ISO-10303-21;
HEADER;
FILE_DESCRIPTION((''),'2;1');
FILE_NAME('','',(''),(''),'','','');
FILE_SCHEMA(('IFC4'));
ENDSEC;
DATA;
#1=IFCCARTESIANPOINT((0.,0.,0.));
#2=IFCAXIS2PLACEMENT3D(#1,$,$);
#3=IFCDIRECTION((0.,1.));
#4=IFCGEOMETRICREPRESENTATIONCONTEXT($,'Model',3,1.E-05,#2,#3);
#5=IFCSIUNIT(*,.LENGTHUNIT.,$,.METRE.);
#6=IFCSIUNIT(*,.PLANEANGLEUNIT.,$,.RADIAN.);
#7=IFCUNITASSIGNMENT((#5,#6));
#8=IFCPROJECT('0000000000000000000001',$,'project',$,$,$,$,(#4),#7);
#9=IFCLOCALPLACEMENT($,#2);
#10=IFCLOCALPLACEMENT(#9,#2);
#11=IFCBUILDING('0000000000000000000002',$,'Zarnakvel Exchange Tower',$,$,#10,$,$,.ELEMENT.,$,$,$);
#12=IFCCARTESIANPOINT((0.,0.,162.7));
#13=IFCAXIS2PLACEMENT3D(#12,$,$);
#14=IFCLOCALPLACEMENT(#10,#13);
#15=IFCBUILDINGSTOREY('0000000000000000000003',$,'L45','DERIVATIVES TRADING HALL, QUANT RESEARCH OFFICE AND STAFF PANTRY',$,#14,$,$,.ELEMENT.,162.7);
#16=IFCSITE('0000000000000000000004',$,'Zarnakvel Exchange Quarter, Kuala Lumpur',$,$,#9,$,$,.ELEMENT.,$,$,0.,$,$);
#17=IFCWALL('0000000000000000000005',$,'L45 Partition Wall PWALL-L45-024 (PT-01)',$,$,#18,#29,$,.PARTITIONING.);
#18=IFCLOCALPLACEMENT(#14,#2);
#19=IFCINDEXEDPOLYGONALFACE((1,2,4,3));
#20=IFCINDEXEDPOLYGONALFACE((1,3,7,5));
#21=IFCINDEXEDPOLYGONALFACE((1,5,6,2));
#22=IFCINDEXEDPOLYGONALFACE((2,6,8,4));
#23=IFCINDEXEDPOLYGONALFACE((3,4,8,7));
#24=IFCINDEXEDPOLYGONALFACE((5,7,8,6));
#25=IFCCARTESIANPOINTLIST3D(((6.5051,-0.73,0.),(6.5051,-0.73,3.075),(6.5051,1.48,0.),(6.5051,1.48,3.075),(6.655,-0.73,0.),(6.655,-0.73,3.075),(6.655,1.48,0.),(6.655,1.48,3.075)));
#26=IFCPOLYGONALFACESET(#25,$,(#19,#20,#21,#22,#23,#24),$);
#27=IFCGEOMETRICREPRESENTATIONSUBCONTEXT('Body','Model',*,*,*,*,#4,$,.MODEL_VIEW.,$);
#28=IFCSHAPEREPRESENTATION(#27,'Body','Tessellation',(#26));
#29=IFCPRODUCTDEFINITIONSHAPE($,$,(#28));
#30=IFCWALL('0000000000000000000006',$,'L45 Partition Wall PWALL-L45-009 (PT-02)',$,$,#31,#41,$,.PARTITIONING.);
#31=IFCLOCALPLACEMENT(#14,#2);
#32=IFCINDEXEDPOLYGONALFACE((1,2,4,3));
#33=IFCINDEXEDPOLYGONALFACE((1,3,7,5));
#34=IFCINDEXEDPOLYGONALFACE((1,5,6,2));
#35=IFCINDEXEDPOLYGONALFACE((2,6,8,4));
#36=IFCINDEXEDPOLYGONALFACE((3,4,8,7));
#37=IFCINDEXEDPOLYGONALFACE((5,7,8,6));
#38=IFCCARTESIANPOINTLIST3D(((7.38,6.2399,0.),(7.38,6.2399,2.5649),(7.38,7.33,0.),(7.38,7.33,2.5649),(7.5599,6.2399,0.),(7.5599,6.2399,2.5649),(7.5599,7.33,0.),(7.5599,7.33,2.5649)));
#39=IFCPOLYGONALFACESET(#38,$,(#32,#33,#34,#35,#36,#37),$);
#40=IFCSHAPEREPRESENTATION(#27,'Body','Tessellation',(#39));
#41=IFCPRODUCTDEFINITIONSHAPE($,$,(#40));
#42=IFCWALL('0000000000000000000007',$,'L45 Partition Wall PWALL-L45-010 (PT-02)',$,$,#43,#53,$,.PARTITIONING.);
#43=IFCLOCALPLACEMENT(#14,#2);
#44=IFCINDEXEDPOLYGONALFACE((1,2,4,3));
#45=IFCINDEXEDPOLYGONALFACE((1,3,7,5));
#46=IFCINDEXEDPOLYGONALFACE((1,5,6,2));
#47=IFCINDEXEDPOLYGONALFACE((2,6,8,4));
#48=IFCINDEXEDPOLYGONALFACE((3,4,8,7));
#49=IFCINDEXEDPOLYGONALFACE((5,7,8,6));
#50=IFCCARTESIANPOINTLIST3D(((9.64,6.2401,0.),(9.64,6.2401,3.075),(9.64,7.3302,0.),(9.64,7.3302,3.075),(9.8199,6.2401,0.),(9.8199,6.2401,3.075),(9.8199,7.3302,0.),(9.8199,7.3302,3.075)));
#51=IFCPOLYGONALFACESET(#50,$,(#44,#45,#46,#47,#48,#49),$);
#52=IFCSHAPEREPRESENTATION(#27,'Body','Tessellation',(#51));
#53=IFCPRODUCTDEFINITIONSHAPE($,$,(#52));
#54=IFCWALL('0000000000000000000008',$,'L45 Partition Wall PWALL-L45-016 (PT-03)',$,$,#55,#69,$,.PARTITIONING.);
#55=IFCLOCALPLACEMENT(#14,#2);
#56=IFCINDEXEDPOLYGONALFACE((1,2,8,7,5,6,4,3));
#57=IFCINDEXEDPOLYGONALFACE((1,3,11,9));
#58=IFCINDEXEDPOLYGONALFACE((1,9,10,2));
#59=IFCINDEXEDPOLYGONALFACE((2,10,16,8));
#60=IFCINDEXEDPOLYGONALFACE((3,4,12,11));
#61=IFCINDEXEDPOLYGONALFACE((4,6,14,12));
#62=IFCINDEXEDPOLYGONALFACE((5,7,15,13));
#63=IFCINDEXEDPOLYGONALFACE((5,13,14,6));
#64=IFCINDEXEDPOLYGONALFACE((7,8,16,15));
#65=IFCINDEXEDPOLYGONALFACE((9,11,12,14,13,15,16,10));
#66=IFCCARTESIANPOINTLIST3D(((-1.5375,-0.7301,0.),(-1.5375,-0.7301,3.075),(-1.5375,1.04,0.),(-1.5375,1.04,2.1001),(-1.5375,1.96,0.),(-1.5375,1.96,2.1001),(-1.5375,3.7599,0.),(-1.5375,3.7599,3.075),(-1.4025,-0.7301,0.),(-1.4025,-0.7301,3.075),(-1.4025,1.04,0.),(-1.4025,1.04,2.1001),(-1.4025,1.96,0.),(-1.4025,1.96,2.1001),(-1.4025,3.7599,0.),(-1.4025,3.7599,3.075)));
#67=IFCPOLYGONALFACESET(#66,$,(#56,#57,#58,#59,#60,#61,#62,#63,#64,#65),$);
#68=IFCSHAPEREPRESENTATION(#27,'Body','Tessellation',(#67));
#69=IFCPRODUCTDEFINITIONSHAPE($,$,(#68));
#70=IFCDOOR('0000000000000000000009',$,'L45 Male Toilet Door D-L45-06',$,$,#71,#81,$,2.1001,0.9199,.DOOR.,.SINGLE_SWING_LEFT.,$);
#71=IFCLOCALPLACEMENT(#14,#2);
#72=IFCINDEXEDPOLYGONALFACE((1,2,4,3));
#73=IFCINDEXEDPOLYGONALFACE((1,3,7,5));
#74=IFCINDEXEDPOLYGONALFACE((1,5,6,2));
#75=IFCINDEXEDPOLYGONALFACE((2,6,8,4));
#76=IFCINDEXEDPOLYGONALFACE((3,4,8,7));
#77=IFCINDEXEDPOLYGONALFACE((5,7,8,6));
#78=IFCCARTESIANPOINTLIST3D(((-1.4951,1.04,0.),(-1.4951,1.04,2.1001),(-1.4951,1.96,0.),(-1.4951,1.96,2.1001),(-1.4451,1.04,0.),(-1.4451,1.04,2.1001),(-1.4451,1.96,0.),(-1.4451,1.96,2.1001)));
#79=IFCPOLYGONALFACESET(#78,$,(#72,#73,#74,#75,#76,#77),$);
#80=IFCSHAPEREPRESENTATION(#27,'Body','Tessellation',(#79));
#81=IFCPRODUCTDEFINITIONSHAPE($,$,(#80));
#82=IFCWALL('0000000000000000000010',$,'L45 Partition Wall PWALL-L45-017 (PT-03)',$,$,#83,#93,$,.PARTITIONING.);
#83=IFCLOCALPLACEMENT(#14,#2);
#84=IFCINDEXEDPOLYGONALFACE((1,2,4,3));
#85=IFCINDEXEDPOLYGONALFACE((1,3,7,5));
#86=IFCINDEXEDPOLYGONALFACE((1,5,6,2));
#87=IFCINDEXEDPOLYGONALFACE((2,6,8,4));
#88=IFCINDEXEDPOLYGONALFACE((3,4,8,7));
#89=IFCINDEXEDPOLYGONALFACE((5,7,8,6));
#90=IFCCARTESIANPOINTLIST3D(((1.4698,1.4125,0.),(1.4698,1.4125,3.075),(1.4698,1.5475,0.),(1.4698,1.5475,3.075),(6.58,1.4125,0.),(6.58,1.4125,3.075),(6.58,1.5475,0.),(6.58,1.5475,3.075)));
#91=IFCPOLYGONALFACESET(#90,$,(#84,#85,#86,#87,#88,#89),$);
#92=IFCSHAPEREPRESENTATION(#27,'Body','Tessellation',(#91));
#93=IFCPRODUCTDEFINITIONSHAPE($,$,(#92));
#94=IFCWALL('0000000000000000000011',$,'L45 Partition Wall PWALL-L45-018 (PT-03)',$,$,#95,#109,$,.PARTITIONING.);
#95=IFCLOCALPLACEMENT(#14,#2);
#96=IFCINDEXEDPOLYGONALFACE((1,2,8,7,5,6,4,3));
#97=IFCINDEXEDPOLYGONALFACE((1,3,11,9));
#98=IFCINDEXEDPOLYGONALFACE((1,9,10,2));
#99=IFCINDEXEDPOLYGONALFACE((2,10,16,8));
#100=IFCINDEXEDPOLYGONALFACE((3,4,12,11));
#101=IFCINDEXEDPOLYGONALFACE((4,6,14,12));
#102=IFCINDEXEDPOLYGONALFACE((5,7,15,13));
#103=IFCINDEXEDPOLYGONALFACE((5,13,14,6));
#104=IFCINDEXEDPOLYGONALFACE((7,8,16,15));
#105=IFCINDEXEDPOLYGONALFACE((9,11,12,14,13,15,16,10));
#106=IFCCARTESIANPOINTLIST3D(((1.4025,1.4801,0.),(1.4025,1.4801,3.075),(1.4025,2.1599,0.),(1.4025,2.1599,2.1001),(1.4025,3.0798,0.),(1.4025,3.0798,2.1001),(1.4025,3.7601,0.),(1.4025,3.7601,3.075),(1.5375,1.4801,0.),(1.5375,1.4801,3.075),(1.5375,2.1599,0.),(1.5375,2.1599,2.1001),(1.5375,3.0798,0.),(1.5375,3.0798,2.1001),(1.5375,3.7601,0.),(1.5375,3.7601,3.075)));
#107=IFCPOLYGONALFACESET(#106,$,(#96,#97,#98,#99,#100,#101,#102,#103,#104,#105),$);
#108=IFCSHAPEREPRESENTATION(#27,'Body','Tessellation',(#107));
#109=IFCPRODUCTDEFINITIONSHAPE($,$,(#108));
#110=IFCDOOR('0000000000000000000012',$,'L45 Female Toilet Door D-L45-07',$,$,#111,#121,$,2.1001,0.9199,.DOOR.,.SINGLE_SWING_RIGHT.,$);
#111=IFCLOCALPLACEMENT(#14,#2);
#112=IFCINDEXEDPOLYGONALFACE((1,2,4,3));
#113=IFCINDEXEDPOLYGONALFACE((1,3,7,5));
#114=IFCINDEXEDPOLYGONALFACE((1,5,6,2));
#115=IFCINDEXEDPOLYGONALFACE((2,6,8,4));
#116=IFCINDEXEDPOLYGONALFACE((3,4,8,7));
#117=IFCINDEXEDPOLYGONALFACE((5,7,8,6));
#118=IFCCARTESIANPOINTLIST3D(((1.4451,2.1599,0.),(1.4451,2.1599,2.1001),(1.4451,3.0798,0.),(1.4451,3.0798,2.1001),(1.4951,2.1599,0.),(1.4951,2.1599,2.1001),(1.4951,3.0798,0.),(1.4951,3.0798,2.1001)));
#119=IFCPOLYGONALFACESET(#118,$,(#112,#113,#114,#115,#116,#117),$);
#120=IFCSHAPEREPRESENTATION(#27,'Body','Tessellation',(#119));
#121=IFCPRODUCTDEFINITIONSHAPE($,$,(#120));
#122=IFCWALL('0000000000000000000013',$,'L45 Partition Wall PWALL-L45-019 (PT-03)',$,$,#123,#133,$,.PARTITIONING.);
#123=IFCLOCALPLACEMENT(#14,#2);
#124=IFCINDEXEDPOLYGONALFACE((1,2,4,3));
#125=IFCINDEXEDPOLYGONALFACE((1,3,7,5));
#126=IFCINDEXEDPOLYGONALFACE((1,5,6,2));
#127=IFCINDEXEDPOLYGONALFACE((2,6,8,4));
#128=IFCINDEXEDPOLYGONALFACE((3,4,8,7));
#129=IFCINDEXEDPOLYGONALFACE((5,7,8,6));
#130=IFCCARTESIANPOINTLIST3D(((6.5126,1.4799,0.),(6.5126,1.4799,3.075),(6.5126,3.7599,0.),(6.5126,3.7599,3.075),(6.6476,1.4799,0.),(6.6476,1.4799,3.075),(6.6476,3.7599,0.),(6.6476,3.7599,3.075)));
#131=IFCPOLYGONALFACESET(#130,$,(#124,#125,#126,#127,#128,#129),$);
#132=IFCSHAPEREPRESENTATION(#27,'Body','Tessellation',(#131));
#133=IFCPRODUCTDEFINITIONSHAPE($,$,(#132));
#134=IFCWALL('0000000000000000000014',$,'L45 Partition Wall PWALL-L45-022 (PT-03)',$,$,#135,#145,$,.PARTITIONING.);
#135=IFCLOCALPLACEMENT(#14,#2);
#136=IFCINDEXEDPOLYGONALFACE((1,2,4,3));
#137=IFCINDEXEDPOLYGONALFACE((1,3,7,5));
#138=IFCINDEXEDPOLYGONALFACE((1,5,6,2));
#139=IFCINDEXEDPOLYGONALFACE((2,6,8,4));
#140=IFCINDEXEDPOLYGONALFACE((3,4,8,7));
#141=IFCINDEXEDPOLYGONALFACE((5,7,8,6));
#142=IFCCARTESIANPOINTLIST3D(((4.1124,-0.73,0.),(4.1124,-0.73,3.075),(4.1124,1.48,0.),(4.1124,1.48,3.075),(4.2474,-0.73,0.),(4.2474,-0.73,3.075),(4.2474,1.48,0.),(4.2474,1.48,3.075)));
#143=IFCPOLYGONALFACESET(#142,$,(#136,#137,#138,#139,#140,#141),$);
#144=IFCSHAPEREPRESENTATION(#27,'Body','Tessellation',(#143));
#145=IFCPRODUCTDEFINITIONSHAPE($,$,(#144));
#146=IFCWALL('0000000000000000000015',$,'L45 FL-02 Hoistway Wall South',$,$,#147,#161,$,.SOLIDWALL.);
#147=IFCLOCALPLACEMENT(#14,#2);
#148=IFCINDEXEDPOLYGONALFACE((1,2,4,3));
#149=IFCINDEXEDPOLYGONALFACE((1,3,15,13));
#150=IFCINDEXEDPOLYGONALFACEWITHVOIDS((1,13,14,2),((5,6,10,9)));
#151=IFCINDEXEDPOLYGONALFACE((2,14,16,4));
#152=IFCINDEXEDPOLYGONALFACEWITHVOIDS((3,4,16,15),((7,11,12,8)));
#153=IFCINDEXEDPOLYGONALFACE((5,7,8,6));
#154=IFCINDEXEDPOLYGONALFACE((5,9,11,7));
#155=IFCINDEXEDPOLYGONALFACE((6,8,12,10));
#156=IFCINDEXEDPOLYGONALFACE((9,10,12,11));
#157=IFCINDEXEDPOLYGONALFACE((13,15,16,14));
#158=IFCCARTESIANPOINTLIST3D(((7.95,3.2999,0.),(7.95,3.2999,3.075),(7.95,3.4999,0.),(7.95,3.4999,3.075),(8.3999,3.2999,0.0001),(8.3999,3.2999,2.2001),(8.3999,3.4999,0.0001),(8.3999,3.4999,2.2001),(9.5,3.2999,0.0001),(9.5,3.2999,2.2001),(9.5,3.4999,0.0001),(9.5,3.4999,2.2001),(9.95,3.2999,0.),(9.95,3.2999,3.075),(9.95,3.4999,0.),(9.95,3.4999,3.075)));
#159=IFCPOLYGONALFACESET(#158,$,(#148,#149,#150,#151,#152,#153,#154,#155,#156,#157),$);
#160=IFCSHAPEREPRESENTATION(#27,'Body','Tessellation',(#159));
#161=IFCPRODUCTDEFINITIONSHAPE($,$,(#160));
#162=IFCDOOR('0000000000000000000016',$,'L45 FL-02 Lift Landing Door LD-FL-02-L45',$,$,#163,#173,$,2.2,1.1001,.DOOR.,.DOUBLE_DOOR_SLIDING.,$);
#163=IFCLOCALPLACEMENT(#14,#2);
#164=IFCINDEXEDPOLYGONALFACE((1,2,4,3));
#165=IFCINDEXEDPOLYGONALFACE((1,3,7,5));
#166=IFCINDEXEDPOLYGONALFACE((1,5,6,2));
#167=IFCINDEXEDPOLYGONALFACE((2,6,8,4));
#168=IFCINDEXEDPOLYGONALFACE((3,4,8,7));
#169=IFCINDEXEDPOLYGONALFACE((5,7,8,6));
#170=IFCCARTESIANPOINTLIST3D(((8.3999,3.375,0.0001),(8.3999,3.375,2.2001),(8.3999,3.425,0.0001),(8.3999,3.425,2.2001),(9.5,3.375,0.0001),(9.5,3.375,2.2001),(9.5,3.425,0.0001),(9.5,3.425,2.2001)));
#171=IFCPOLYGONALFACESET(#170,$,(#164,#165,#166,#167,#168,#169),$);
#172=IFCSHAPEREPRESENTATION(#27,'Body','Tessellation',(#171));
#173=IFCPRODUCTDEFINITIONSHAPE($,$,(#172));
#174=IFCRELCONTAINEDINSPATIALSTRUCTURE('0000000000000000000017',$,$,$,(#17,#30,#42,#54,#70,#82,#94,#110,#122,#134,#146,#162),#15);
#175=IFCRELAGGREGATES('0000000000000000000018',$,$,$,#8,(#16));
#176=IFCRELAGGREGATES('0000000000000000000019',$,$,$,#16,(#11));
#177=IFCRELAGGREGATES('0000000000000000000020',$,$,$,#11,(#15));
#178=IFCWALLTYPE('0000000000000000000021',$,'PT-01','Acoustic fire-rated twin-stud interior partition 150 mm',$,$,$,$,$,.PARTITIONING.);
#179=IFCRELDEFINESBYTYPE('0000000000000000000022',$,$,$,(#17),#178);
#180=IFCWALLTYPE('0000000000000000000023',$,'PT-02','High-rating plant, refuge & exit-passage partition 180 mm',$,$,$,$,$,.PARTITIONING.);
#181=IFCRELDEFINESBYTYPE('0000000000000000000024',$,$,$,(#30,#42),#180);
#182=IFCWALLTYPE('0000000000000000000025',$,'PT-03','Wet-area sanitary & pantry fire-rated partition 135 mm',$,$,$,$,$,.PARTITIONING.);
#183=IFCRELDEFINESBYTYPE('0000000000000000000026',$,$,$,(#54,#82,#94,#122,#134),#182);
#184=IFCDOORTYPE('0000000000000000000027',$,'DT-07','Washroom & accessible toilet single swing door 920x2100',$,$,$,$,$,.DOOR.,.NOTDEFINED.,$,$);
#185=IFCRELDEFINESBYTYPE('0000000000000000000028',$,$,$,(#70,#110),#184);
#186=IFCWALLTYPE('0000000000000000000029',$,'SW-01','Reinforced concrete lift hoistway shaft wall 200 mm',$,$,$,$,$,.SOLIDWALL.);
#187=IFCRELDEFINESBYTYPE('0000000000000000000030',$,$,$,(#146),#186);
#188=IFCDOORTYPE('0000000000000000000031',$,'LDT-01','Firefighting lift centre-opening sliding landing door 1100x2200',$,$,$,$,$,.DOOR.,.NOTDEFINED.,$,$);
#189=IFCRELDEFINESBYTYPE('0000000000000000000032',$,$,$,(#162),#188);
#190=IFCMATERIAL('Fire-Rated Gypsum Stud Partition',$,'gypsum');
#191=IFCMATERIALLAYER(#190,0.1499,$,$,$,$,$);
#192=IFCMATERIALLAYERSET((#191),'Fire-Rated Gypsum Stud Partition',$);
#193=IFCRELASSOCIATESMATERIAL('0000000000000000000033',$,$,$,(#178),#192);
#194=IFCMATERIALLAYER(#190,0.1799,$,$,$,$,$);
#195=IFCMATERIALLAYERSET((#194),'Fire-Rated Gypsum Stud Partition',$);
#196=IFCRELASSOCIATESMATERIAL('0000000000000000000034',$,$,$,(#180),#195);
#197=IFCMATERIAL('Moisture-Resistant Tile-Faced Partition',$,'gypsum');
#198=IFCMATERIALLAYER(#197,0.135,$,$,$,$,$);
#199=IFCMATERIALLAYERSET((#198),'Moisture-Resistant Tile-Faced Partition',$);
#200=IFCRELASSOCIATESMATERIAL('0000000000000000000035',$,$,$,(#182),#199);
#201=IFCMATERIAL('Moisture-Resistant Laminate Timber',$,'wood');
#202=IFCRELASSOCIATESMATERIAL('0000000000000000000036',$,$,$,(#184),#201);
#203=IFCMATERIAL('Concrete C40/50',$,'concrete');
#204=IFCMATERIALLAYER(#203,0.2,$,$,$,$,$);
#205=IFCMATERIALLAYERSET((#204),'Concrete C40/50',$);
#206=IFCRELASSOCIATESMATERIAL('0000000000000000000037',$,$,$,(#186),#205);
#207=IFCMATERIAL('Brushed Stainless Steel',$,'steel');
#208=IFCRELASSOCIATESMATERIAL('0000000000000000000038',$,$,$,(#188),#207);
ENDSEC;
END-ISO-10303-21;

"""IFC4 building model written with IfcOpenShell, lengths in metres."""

from ifc_helpers import new_model, si_unit, direction, frame, frame_2d, origin, place, context, subcontext, project, spatial, rectangle, extrude, source, transform, mapped, material, layer, layer_set, type_object, element, fill, save


model = new_model("IFC4")

# Units and contexts
model_context = context("Model", 3, precision=1e-05, world=origin(), true_north=direction((0.0, 1.0)))
body_context = subcontext(model_context, "Body", "Model", "MODEL_VIEW")
ifc_project = project(units=[si_unit("LENGTHUNIT", "METRE"), si_unit("PLANEANGLEUNIT", "RADIAN")], contexts=[model_context])

# Site, building, storey
site_placement = place(None, origin())
site = spatial("IfcSite", under=ifc_project, at=site_placement, Name="Zarnakvel Exchange Quarter, Kuala Lumpur", CompositionType="ELEMENT", RefElevation=0.0)
building_placement = place(site_placement, origin())
building = spatial("IfcBuilding", under=site, at=building_placement, Name="Zarnakvel Exchange Tower", CompositionType="ELEMENT")
storey_placement = place(building_placement, frame((0.0, 0.0, 162.7)))
storey = spatial("IfcBuildingStorey", under=building, at=storey_placement, Name="L45", Description="DERIVATIVES TRADING HALL, QUANT RESEARCH OFFICE AND STAFF PANTRY", CompositionType="ELEMENT", Elevation=162.7)

# Walls
ifc_material_1 = material(Name="Fire-Rated Gypsum Stud Partition", Category="gypsum")
ifc_layer_1 = layer(ifc_material_1, 0.1499)
ifc_layer_set_1 = layer_set([ifc_layer_1], Name="Fire-Rated Gypsum Stud Partition")
wall_type_1 = type_object("IfcWallType", Name="PT-01", Description="Acoustic fire-rated twin-stud interior partition 150 mm", PredefinedType="PARTITIONING", material=ifc_layer_set_1)
wall_1_placement = place(storey_placement, frame((6.5801, 1.48, 0.0), z_axis=(0.0, 0.0, 1.0), x_axis=(0.0, -1.0, 0.0)))
element("IfcWall", 1, at=wall_1_placement, inside=storey, type_object=wall_type_1, Name="L45 Partition Wall PWALL-L45-024 (PT-01)", PredefinedType="PARTITIONING", context=body_context, shape_type="SweptSolid", body=[
    extrude(rectangle(XDim=2.21, YDim=0.1499, at=frame_2d((1.105, 0.0))), origin(), (0.0, 0.0, 1.0), 3.075),
])
ifc_layer_2 = layer(ifc_material_1, 0.1799)
ifc_layer_set_2 = layer_set([ifc_layer_2], Name="Fire-Rated Gypsum Stud Partition")
wall_type_2 = type_object("IfcWallType", Name="PT-02", Description="High-rating plant, refuge & exit-passage partition 180 mm", PredefinedType="PARTITIONING", material=ifc_layer_set_2)
wall_2_placement = place(storey_placement, frame((7.47, 6.24, 0.0), z_axis=(0.0, 0.0, 1.0), x_axis=(0.0, 1.0, 0.0)))
element("IfcWall", 2, at=wall_2_placement, inside=storey, type_object=wall_type_2, Name="L45 Partition Wall PWALL-L45-009 (PT-02)", PredefinedType="PARTITIONING", context=body_context, shape_type="SweptSolid", body=[
    extrude(rectangle(XDim=1.0901, YDim=0.1799, at=frame_2d((0.5449, 0.0))), origin(), (0.0, 0.0, 1.0), 2.5649),
])
wall_3_placement = place(storey_placement, frame((9.73, 7.3301, 0.0), z_axis=(0.0, 0.0, 1.0), x_axis=(0.0, -1.0, 0.0)))
element("IfcWall", 3, at=wall_3_placement, inside=storey, type_object=wall_type_2, Name="L45 Partition Wall PWALL-L45-010 (PT-02)", PredefinedType="PARTITIONING", context=body_context, shape_type="SweptSolid", body=[
    extrude(rectangle(XDim=1.0901, YDim=0.1799, at=frame_2d((0.5449, 0.0))), origin(), (0.0, 0.0, 1.0), 3.075),
])

# Wall, opening, door
ifc_material_2 = material(Name="Moisture-Resistant Tile-Faced Partition", Category="gypsum")
ifc_layer_3 = layer(ifc_material_2, 0.135)
ifc_layer_set_3 = layer_set([ifc_layer_3], Name="Moisture-Resistant Tile-Faced Partition")
wall_type_3 = type_object("IfcWallType", Name="PT-03", Description="Wet-area sanitary & pantry fire-rated partition 135 mm", PredefinedType="PARTITIONING", material=ifc_layer_set_3)
wall_4_placement = place(storey_placement, frame((-1.47, 3.76, 0.0), z_axis=(0.0, 0.0, 1.0), x_axis=(0.0, -1.0, 0.0)))
wall_4 = element("IfcWall", 4, at=wall_4_placement, inside=storey, type_object=wall_type_3, Name="L45 Partition Wall PWALL-L45-016 (PT-03)", PredefinedType="PARTITIONING", context=body_context, shape_type="SweptSolid", body=[
    extrude(rectangle(XDim=4.49, YDim=0.135, at=frame_2d((2.2451, 0.0))), origin(), (0.0, 0.0, 1.0), 3.075),
])
opening_1_placement = place(wall_4_placement, frame((1.8, 0.0, 0.0)))
opening_1 = element("IfcOpeningElement", 5, at=opening_1_placement, cuts=wall_4, PredefinedType="OPENING", context=body_context, shape_type="SweptSolid", body=[
    extrude(rectangle(XDim=0.9199, YDim=2.1001, at=frame_2d((0.46, 1.05))), frame((0.0, 0.0774, 0.0), z_axis=(0.0, -1.0, 0.0), x_axis=(1.0, 0.0, 0.0)), (0.0, 0.0, 1.0), 0.155),
])
ifc_material_3 = material(Name="Moisture-Resistant Laminate Timber", Category="wood")
door_type_1 = type_object("IfcDoorType", Name="DT-07", Description="Washroom & accessible toilet single swing door 920x2100", OperationType="NOTDEFINED", PredefinedType="DOOR", material=ifc_material_3)
shared_shape_1 = source(origin(), body_context, "Body", "SweptSolid", [
    extrude(rectangle(XDim=0.9199, YDim=2.1001, at=frame_2d((0.46, 1.05))), frame((0.0, 0.0249, 0.0), z_axis=(0.0, -1.0, 0.0), x_axis=(1.0, 0.0, 0.0)), (0.0, 0.0, 1.0), 0.05),
])
door_1_placement = place(opening_1_placement, origin())
door_1 = element("IfcDoor", 6, at=door_1_placement, inside=storey, type_object=door_type_1, Name="L45 Male Toilet Door D-L45-06", OperationType="SINGLE_SWING_LEFT", OverallHeight=2.1001, OverallWidth=0.9199, PredefinedType="DOOR", context=body_context, shape_type="MappedRepresentation", body=[
    mapped(shared_shape_1, transform((0.0, 0.0, 0.0), x_axis=(1.0, 0.0, 0.0), y_axis=(0.0, 1.0, 0.0), z_axis=(0.0, 0.0, 1.0), scale=1.0)),
])
fill(opening_1, door_1)

# Wall
wall_5_placement = place(storey_placement, frame((6.5801, 1.48, 0.0), z_axis=(0.0, 0.0, 1.0), x_axis=(-1.0, 0.0, 0.0)))
element("IfcWall", 7, at=wall_5_placement, inside=storey, type_object=wall_type_3, Name="L45 Partition Wall PWALL-L45-017 (PT-03)", PredefinedType="PARTITIONING", context=body_context, shape_type="SweptSolid", body=[
    extrude(rectangle(XDim=5.1101, YDim=0.135, at=frame_2d((2.5552, 0.0))), origin(), (0.0, 0.0, 1.0), 3.075),
])

# Wall, opening, door
wall_6_placement = place(storey_placement, frame((1.47, 1.48, 0.0), z_axis=(0.0, 0.0, 1.0), x_axis=(0.0, 1.0, 0.0)))
wall_6 = element("IfcWall", 8, at=wall_6_placement, inside=storey, type_object=wall_type_3, Name="L45 Partition Wall PWALL-L45-018 (PT-03)", PredefinedType="PARTITIONING", context=body_context, shape_type="SweptSolid", body=[
    extrude(rectangle(XDim=2.28, YDim=0.135, at=frame_2d((1.1401, 0.0))), origin(), (0.0, 0.0, 1.0), 3.075),
])
opening_2_placement = place(wall_6_placement, frame((0.6799, 0.0, 0.0)))
opening_2 = element("IfcOpeningElement", 9, at=opening_2_placement, cuts=wall_6, PredefinedType="OPENING", context=body_context, shape_type="SweptSolid", body=[
    extrude(rectangle(XDim=0.9199, YDim=2.1001, at=frame_2d((0.46, 1.05))), frame((0.0, 0.0774, 0.0), z_axis=(0.0, -1.0, 0.0), x_axis=(1.0, 0.0, 0.0)), (0.0, 0.0, 1.0), 0.155),
])
door_2_placement = place(opening_2_placement, origin())
door_2 = element("IfcDoor", 10, at=door_2_placement, inside=storey, type_object=door_type_1, Name="L45 Female Toilet Door D-L45-07", OperationType="SINGLE_SWING_RIGHT", OverallHeight=2.1001, OverallWidth=0.9199, PredefinedType="DOOR", context=body_context, shape_type="MappedRepresentation", body=[
    mapped(shared_shape_1, transform((0.0, 0.0, 0.0), x_axis=(1.0, 0.0, 0.0), y_axis=(0.0, 1.0, 0.0), z_axis=(0.0, 0.0, 1.0), scale=1.0)),
])
fill(opening_2, door_2)

# Walls
wall_7_placement = place(storey_placement, frame((6.5801, 3.76, 0.0), z_axis=(0.0, 0.0, 1.0), x_axis=(0.0, -1.0, 0.0)))
element("IfcWall", 11, at=wall_7_placement, inside=storey, type_object=wall_type_3, Name="L45 Partition Wall PWALL-L45-019 (PT-03)", PredefinedType="PARTITIONING", context=body_context, shape_type="SweptSolid", body=[
    extrude(rectangle(XDim=2.28, YDim=0.135, at=frame_2d((1.1401, 0.0))), origin(), (0.0, 0.0, 1.0), 3.075),
])
wall_8_placement = place(storey_placement, frame((4.1799, 1.48, 0.0), z_axis=(0.0, 0.0, 1.0), x_axis=(0.0, -1.0, 0.0)))
element("IfcWall", 12, at=wall_8_placement, inside=storey, type_object=wall_type_3, Name="L45 Partition Wall PWALL-L45-022 (PT-03)", PredefinedType="PARTITIONING", context=body_context, shape_type="SweptSolid", body=[
    extrude(rectangle(XDim=2.21, YDim=0.135, at=frame_2d((1.105, 0.0))), origin(), (0.0, 0.0, 1.0), 3.075),
])

# Wall, opening, door
ifc_material_4 = material(Name="Concrete C40/50", Category="concrete")
ifc_layer_4 = layer(ifc_material_4, 0.2)
ifc_layer_set_4 = layer_set([ifc_layer_4], Name="Concrete C40/50")
wall_type_4 = type_object("IfcWallType", Name="SW-01", Description="Reinforced concrete lift hoistway shaft wall 200 mm", PredefinedType="SOLIDWALL", material=ifc_layer_set_4)
wall_9_placement = place(storey_placement, frame((9.95, 3.3999, 0.0), z_axis=(0.0, 0.0, 1.0), x_axis=(-1.0, 0.0, 0.0)))
wall_9 = element("IfcWall", 13, at=wall_9_placement, inside=storey, type_object=wall_type_4, Name="L45 FL-02 Hoistway Wall South", PredefinedType="SOLIDWALL", context=body_context, shape_type="SweptSolid", body=[
    extrude(rectangle(XDim=2.0, YDim=0.2, at=frame_2d((1.0, 0.0))), origin(), (0.0, 0.0, 1.0), 3.075),
])
opening_3_placement = place(wall_9_placement, frame((0.45, 0.0, 0.0)))
opening_3 = element("IfcOpeningElement", 14, at=opening_3_placement, cuts=wall_9, PredefinedType="OPENING", context=body_context, shape_type="SweptSolid", body=[
    extrude(rectangle(XDim=1.1001, YDim=2.2, at=frame_2d((0.55, 1.1001))), frame((0.0, 0.1099, 0.0), z_axis=(0.0, -1.0, 0.0), x_axis=(1.0, 0.0, 0.0)), (0.0, 0.0, 1.0), 0.22),
])
ifc_material_5 = material(Name="Brushed Stainless Steel", Category="steel")
door_type_2 = type_object("IfcDoorType", Name="LDT-01", Description="Firefighting lift centre-opening sliding landing door 1100x2200", OperationType="NOTDEFINED", PredefinedType="DOOR", material=ifc_material_5)
shared_shape_2 = source(origin(), body_context, "Body", "SweptSolid", [
    extrude(rectangle(XDim=1.1001, YDim=2.2, at=frame_2d((0.55, 1.1001))), frame((0.0, 0.0249, 0.0), z_axis=(0.0, -1.0, 0.0), x_axis=(1.0, 0.0, 0.0)), (0.0, 0.0, 1.0), 0.05),
])
door_3_placement = place(opening_3_placement, origin())
door_3 = element("IfcDoor", 15, at=door_3_placement, inside=storey, type_object=door_type_2, Name="L45 FL-02 Lift Landing Door LD-FL-02-L45", OperationType="DOUBLE_DOOR_SLIDING", OverallHeight=2.2, OverallWidth=1.1001, PredefinedType="DOOR", context=body_context, shape_type="MappedRepresentation", body=[
    mapped(shared_shape_2, transform((0.0, 0.0, 0.0), x_axis=(1.0, 0.0, 0.0), y_axis=(0.0, 1.0, 0.0), z_axis=(0.0, 0.0, 1.0), scale=1.0)),
])
fill(opening_3, door_3)

save(model, "model.ifc")
